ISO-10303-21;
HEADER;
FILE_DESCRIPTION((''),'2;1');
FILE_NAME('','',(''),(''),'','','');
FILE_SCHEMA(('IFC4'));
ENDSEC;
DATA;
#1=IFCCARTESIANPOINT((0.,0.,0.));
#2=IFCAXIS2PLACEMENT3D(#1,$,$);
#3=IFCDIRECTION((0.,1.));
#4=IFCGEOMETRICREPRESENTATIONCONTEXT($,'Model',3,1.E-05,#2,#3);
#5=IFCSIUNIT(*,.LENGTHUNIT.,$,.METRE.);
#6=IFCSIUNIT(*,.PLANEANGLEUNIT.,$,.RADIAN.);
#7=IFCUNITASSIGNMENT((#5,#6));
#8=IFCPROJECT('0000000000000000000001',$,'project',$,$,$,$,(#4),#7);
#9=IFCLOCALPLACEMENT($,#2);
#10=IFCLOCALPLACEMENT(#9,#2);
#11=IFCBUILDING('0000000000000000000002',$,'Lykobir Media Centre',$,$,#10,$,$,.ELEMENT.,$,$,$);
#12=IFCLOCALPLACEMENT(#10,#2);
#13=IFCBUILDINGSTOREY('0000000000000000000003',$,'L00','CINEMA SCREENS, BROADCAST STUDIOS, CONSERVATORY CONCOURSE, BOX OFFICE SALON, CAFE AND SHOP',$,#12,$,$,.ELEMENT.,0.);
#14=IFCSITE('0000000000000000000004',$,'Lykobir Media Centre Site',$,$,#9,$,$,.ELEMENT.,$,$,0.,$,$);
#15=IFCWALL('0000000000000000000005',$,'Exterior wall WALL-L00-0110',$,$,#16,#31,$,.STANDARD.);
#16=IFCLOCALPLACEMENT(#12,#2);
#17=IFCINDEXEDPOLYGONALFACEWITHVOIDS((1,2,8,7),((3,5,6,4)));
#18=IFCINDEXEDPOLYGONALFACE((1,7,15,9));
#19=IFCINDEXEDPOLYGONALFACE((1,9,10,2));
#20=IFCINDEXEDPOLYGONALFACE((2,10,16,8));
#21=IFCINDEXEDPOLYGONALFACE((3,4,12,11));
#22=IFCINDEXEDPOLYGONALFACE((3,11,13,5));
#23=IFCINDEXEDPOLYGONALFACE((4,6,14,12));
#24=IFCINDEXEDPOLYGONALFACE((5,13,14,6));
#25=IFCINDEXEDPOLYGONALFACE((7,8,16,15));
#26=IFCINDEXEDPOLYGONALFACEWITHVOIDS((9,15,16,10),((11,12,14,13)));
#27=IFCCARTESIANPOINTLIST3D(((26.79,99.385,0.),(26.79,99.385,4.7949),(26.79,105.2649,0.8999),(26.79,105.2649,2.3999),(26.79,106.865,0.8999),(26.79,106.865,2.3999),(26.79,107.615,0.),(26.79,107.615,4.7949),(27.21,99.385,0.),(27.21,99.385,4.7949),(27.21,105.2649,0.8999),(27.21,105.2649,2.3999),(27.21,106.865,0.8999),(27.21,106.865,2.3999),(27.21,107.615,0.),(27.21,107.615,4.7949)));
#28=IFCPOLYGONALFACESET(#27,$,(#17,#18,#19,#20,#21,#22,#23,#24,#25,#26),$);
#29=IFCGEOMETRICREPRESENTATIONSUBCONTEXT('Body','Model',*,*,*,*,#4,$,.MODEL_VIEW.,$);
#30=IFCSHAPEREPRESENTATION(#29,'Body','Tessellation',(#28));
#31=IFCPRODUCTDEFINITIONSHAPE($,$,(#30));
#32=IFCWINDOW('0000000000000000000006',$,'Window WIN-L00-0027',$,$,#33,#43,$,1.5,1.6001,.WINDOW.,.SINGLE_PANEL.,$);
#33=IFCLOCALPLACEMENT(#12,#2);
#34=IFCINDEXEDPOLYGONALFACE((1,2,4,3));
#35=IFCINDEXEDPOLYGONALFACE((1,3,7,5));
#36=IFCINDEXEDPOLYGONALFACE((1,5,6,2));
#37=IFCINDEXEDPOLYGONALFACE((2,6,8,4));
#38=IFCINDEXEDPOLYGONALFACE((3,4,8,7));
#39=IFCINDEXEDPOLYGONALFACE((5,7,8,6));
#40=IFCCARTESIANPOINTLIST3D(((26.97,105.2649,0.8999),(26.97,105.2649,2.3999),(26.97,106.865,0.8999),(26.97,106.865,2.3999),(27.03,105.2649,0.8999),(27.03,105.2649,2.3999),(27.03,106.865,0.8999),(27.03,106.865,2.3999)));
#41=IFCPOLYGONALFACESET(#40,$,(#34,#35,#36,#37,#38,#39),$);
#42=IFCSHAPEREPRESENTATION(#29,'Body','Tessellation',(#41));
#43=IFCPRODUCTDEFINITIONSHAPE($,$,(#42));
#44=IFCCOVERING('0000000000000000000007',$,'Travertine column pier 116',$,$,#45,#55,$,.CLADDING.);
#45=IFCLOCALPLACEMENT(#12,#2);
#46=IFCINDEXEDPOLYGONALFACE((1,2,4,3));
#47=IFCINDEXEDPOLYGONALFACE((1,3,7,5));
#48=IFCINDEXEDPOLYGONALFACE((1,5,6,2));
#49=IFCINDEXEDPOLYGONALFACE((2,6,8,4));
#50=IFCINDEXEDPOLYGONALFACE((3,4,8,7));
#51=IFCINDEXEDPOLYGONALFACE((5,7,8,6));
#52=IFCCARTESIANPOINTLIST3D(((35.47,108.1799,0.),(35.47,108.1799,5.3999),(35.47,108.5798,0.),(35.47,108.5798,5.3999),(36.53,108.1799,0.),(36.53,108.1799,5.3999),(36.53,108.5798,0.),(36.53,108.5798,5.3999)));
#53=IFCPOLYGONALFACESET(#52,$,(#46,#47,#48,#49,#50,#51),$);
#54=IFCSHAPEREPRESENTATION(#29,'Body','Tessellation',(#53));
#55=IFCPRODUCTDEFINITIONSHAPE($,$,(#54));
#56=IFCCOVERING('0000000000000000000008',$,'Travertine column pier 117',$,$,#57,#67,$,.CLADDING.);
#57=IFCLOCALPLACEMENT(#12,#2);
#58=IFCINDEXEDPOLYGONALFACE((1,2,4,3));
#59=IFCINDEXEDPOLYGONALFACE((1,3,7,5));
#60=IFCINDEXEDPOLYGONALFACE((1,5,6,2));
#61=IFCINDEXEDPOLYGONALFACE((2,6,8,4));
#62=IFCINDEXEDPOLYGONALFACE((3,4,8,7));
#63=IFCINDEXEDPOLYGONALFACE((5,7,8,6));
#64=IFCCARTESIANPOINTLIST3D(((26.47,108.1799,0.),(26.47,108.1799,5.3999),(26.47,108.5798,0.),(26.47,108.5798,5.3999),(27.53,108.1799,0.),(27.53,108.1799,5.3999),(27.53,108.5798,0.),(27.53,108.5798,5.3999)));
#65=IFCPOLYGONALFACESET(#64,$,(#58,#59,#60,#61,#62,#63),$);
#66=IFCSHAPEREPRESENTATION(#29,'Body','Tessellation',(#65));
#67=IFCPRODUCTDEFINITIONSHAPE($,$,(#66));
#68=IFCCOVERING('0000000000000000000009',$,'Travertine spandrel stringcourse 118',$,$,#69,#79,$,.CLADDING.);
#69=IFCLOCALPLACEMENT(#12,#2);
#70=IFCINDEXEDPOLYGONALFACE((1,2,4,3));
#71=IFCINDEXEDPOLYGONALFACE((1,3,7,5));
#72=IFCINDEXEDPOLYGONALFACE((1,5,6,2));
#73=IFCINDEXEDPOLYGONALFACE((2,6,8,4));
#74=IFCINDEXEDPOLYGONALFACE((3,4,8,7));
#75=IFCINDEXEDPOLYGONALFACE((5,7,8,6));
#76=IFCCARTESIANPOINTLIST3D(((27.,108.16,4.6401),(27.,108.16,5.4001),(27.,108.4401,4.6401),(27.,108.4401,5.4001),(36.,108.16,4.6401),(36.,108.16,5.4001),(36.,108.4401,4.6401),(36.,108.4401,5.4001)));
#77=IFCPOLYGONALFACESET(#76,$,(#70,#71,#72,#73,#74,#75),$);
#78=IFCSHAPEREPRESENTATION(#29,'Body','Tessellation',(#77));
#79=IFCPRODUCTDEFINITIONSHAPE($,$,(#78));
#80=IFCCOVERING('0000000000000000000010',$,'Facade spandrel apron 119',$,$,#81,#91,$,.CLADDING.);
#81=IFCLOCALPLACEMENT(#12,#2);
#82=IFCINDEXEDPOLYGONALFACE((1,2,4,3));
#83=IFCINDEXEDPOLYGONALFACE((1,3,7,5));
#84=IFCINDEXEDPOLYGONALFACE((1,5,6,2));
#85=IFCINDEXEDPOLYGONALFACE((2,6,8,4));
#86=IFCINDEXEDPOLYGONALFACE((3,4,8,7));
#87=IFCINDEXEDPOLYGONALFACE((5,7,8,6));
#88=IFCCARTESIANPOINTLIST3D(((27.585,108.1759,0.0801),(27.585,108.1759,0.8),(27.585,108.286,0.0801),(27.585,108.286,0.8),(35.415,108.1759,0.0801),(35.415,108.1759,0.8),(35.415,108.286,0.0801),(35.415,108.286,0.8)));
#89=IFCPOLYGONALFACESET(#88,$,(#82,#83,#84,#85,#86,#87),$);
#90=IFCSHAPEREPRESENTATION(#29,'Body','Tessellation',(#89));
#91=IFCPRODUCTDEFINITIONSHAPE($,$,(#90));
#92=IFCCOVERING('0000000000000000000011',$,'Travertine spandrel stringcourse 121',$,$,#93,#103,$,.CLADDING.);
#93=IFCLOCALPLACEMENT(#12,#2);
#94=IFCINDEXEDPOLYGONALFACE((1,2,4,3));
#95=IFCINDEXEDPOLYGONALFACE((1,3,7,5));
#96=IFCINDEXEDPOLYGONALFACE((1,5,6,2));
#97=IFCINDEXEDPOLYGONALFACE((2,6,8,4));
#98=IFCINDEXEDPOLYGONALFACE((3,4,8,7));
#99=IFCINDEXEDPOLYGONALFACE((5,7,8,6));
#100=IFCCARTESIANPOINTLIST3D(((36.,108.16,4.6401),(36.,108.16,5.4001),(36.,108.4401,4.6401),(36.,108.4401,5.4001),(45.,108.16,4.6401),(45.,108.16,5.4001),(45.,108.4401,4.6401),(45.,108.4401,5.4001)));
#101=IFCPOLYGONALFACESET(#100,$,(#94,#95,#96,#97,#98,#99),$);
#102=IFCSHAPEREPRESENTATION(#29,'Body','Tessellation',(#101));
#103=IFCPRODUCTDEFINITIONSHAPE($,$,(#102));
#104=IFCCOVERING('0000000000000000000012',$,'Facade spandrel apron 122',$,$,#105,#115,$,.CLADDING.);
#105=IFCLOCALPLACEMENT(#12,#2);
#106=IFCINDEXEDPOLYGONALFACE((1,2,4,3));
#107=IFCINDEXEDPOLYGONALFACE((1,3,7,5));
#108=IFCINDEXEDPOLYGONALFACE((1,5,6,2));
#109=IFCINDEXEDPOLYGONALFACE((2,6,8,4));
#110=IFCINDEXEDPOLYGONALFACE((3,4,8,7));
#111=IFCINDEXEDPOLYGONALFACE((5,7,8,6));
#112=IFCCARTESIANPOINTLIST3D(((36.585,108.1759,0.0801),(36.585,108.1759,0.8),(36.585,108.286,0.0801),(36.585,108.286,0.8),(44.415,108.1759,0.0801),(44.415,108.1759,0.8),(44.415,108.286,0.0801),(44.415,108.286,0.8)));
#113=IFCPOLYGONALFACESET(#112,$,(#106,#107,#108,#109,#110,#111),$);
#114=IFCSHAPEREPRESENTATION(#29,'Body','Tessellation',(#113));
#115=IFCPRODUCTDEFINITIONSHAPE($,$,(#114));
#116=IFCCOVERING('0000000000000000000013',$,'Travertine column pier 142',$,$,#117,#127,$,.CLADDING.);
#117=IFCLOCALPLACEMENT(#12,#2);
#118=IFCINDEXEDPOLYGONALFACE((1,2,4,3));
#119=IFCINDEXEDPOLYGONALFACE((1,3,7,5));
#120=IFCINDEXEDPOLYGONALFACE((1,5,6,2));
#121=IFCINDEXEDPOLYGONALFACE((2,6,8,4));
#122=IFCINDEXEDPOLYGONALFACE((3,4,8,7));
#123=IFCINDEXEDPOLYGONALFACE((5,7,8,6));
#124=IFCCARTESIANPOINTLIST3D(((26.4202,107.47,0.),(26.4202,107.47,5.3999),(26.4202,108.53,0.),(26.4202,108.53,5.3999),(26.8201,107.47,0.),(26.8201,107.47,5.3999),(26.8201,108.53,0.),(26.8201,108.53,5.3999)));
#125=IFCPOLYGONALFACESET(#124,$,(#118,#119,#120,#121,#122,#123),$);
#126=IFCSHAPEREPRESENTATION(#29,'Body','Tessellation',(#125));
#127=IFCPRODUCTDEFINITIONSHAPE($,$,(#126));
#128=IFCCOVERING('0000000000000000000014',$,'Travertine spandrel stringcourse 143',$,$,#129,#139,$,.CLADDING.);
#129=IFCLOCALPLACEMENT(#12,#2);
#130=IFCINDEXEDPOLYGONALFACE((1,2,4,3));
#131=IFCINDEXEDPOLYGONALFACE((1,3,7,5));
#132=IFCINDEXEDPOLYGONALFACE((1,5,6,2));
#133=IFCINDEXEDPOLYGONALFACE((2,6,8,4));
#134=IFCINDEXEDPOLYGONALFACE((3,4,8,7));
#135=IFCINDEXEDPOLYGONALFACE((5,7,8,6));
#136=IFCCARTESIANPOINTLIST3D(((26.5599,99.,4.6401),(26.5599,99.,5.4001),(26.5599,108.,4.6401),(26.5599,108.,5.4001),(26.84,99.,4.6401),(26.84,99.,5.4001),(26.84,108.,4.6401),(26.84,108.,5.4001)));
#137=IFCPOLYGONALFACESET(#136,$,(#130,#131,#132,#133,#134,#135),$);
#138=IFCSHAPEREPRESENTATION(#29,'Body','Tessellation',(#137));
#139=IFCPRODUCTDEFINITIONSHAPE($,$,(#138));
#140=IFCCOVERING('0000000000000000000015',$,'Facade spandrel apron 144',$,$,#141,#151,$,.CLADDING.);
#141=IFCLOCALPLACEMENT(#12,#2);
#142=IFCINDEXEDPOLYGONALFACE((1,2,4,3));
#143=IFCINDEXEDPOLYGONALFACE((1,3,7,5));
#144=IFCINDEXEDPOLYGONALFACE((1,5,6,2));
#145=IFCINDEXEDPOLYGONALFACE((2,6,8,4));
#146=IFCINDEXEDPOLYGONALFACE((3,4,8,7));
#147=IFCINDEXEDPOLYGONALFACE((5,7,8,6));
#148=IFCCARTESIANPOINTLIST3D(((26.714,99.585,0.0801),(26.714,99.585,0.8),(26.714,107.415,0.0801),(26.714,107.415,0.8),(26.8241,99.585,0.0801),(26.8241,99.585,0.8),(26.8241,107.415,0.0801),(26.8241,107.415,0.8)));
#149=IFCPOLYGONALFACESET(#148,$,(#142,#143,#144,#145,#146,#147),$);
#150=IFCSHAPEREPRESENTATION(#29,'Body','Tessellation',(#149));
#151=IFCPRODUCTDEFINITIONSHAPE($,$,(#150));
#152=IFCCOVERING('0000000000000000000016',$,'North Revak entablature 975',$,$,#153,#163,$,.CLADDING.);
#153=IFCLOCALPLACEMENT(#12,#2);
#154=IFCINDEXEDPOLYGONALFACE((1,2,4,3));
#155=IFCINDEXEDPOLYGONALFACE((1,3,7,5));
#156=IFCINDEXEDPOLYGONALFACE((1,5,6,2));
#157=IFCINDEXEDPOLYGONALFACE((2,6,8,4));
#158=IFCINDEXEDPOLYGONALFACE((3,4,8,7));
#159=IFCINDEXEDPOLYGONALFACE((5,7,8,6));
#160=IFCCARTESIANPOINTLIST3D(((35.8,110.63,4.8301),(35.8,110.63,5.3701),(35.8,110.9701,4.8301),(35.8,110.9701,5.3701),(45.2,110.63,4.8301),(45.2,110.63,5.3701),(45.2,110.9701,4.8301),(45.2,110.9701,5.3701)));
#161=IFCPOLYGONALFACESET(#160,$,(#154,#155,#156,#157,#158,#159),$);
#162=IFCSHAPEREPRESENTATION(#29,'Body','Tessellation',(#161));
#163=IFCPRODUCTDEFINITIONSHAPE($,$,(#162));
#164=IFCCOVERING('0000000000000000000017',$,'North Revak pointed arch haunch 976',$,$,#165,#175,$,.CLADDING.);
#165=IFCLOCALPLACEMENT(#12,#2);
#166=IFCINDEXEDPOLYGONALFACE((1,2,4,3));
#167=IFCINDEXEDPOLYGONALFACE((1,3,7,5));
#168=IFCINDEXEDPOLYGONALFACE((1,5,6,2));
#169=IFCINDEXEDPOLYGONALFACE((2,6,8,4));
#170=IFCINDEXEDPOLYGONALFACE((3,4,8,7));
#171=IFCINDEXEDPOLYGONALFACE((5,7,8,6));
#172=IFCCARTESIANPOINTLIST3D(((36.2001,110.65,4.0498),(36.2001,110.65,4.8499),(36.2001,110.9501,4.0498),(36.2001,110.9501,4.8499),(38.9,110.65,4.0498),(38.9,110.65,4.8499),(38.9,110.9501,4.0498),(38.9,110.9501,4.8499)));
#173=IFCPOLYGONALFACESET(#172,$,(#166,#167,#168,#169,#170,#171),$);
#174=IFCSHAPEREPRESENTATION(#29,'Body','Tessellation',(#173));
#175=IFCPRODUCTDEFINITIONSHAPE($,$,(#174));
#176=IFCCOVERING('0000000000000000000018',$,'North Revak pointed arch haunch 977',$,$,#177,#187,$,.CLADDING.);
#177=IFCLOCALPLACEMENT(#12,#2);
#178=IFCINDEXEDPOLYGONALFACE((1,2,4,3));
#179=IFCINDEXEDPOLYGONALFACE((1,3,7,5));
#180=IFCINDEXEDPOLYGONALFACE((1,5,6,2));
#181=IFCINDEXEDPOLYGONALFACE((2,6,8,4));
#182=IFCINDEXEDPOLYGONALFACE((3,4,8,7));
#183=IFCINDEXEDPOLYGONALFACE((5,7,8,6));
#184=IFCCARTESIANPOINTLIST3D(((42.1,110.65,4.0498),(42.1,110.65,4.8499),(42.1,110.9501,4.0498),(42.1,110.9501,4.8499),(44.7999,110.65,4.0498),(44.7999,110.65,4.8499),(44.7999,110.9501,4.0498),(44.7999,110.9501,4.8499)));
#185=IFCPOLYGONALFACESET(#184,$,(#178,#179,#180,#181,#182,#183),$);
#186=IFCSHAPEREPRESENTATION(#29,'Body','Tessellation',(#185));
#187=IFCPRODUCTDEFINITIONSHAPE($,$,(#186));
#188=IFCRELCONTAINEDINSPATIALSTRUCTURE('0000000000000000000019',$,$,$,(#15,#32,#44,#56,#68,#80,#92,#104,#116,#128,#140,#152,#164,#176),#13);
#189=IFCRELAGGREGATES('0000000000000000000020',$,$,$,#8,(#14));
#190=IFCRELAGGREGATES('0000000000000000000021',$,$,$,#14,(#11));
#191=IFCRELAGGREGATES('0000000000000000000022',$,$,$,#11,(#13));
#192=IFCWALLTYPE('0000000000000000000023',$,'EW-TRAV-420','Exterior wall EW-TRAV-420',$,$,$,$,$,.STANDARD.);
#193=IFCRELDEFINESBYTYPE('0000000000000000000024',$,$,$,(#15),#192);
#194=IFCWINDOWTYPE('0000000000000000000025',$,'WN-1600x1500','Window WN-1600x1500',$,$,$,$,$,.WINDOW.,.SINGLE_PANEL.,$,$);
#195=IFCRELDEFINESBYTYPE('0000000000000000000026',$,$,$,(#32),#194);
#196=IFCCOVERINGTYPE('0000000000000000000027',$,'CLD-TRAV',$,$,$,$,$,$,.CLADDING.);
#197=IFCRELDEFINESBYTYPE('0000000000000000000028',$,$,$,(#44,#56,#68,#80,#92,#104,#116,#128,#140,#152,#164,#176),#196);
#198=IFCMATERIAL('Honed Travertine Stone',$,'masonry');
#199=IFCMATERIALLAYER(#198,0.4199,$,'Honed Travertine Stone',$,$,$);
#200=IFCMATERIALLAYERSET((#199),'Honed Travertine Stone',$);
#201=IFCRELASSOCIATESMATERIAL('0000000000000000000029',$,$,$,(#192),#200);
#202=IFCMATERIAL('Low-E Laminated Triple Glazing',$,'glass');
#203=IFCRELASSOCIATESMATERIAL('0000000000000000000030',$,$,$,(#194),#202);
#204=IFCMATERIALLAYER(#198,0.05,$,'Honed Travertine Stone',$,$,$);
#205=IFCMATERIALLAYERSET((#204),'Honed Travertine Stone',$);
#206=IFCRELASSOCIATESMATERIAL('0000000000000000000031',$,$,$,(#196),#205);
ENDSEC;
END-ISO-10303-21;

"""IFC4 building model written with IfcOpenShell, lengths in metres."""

from ifc_helpers import new_model, si_unit, direction, frame, frame_2d, origin, origin_2d, place, context, subcontext, project, spatial, rectangle, extrude, material, layer, layer_set, type_object, element, fill, save


model = new_model("IFC4")

# Units and contexts
model_context = context("Model", 3, precision=1e-05, world=origin(), true_north=direction((0.0, 1.0)))
body_context = subcontext(model_context, "Body", "Model", "MODEL_VIEW")
ifc_project = project(units=[si_unit("LENGTHUNIT", "METRE"), si_unit("PLANEANGLEUNIT", "RADIAN")], contexts=[model_context])

# Site, building, storey
site_placement = place(None, origin())
site = spatial("IfcSite", under=ifc_project, at=site_placement, Name="Lykobir Media Centre Site", CompositionType="ELEMENT", RefElevation=0.0)
building_placement = place(site_placement, origin())
building = spatial("IfcBuilding", under=site, at=building_placement, Name="Lykobir Media Centre", CompositionType="ELEMENT")
storey_placement = place(building_placement, origin())
storey = spatial("IfcBuildingStorey", under=building, at=storey_placement, Name="L00", Description="CINEMA SCREENS, BROADCAST STUDIOS, CONSERVATORY CONCOURSE, BOX OFFICE SALON, CAFE AND SHOP", CompositionType="ELEMENT", Elevation=0.0)

# Shared definitions
ifc_material_1 = material(Name="Honed Travertine Stone", Category="masonry")

# Shared definitions
ifc_layer_1 = layer(ifc_material_1, 0.4199, Name="Honed Travertine Stone")
ifc_layer_set_1 = layer_set([ifc_layer_1], Name="Honed Travertine Stone")
wall_type = type_object("IfcWallType", Name="EW-TRAV-420", Description="Exterior wall EW-TRAV-420", PredefinedType="STANDARD", material=ifc_layer_set_1)
ifc_material_2 = material(Name="Low-E Laminated Triple Glazing", Category="glass")

# Wall, opening, window
wall_1_placement = place(storey_placement, frame((27.0, 107.615, 0.0), z_axis=(0.0, 0.0, 1.0), x_axis=(0.0, -1.0, 0.0)))
wall_1 = element("IfcWall", 1, at=wall_1_placement, inside=storey, type_object=wall_type, Name="Exterior wall WALL-L00-0110", PredefinedType="STANDARD", context=body_context, shape_type="SweptSolid", body=[
    extrude(rectangle(XDim=8.23, YDim=0.4199, at=frame_2d((4.115, 0.0))), origin(), (0.0, 0.0, 1.0), 4.7949),
])
opening_1_placement = place(wall_1_placement, frame((0.75, 0.0, 0.8999)))
opening_1 = element("IfcOpeningElement", 2, at=opening_1_placement, cuts=wall_1, PredefinedType="OPENING", context=body_context, shape_type="SweptSolid", body=[
    extrude(rectangle(XDim=1.6001, YDim=1.5, at=frame_2d((0.8, 0.75))), frame((0.0, 0.22, 0.0), z_axis=(0.0, -1.0, 0.0), x_axis=(1.0, 0.0, 0.0)), (0.0, 0.0, 1.0), 0.4399),
])
window_type_1 = type_object("IfcWindowType", Name="WN-1600x1500", Description="Window WN-1600x1500", PartitioningType="SINGLE_PANEL", PredefinedType="WINDOW", material=ifc_material_2)
window_1_placement = place(opening_1_placement, origin())
window_1 = element("IfcWindow", 3, at=window_1_placement, inside=storey, type_object=window_type_1, Name="Window WIN-L00-0027", OverallHeight=1.5, OverallWidth=1.6001, PartitioningType="SINGLE_PANEL", PredefinedType="WINDOW", context=body_context, shape_type="SweptSolid", body=[
    extrude(rectangle(XDim=1.6001, YDim=1.5, at=frame_2d((0.8, 0.75))), frame((0.0, 0.03, 0.0), z_axis=(0.0, -1.0, 0.0), x_axis=(1.0, 0.0, 0.0)), (0.0, 0.0, 1.0), 0.0601),
])
fill(opening_1, window_1)

# Coverings
ifc_layer_2 = layer(ifc_material_1, 0.05, Name="Honed Travertine Stone")
ifc_layer_set_2 = layer_set([ifc_layer_2], Name="Honed Travertine Stone")
covering_type = type_object("IfcCoveringType", Name="CLD-TRAV", PredefinedType="CLADDING", material=ifc_layer_set_2)
for number, where, z_axis, x_axis, name in (
    (4, (36.0, 108.3799, 0.0), (0.0, 0.0, 1.0), (-1.0, 0.0, 0.0), "Travertine column pier 116"),
    (5, (27.0, 108.3799, 0.0), (0.0, 0.0, 1.0), (-1.0, 0.0, 0.0), "Travertine column pier 117"),
):
    element("IfcCovering", number, at=place(storey_placement, frame(where, z_axis=z_axis, x_axis=x_axis)), inside=storey, type_object=covering_type, Name=name, PredefinedType="CLADDING", context=body_context, shape_type="SweptSolid", body=[
        extrude(rectangle(XDim=1.0601, YDim=0.3999, at=origin_2d()), origin(), (0.0, 0.0, 1.0), 5.3999),
    ])
covering_1_placement = place(storey_placement, frame((31.5, 108.3, 4.6401), z_axis=(0.0, 0.0, 1.0), x_axis=(-1.0, 0.0, 0.0)))
element("IfcCovering", 6, at=covering_1_placement, inside=storey, type_object=covering_type, Name="Travertine spandrel stringcourse 118", PredefinedType="CLADDING", context=body_context, shape_type="SweptSolid", body=[
    extrude(rectangle(XDim=9.0, YDim=0.28, at=origin_2d()), origin(), (0.0, 0.0, 1.0), 0.76),
])
covering_2_placement = place(storey_placement, frame((31.5, 108.231, 0.0801), z_axis=(0.0, 0.0, 1.0), x_axis=(-1.0, 0.0, 0.0)))
element("IfcCovering", 7, at=covering_2_placement, inside=storey, type_object=covering_type, Name="Facade spandrel apron 119", PredefinedType="CLADDING", context=body_context, shape_type="SweptSolid", body=[
    extrude(rectangle(XDim=7.8301, YDim=0.1101, at=origin_2d()), origin(), (0.0, 0.0, 1.0), 0.72),
])
covering_3_placement = place(storey_placement, frame((40.5, 108.3, 4.6401), z_axis=(0.0, 0.0, 1.0), x_axis=(-1.0, 0.0, 0.0)))
element("IfcCovering", 8, at=covering_3_placement, inside=storey, type_object=covering_type, Name="Travertine spandrel stringcourse 121", PredefinedType="CLADDING", context=body_context, shape_type="SweptSolid", body=[
    extrude(rectangle(XDim=9.0, YDim=0.28, at=origin_2d()), origin(), (0.0, 0.0, 1.0), 0.76),
])
covering_4_placement = place(storey_placement, frame((40.5, 108.231, 0.0801), z_axis=(0.0, 0.0, 1.0), x_axis=(-1.0, 0.0, 0.0)))
element("IfcCovering", 9, at=covering_4_placement, inside=storey, type_object=covering_type, Name="Facade spandrel apron 122", PredefinedType="CLADDING", context=body_context, shape_type="SweptSolid", body=[
    extrude(rectangle(XDim=7.8301, YDim=0.1101, at=origin_2d()), origin(), (0.0, 0.0, 1.0), 0.72),
])
covering_5_placement = place(storey_placement, frame((26.6201, 108.0, 0.0), z_axis=(0.0, 0.0, 1.0), x_axis=(0.0, -1.0, 0.0)))
element("IfcCovering", 10, at=covering_5_placement, inside=storey, type_object=covering_type, Name="Travertine column pier 142", PredefinedType="CLADDING", context=body_context, shape_type="SweptSolid", body=[
    extrude(rectangle(XDim=1.0601, YDim=0.3999, at=origin_2d()), origin(), (0.0, 0.0, 1.0), 5.3999),
])
covering_6_placement = place(storey_placement, frame((26.7, 103.5, 4.6401), z_axis=(0.0, 0.0, 1.0), x_axis=(0.0, -1.0, 0.0)))
element("IfcCovering", 11, at=covering_6_placement, inside=storey, type_object=covering_type, Name="Travertine spandrel stringcourse 143", PredefinedType="CLADDING", context=body_context, shape_type="SweptSolid", body=[
    extrude(rectangle(XDim=9.0, YDim=0.28, at=origin_2d()), origin(), (0.0, 0.0, 1.0), 0.76),
])
covering_7_placement = place(storey_placement, frame((26.769, 103.5, 0.0801), z_axis=(0.0, 0.0, 1.0), x_axis=(0.0, -1.0, 0.0)))
element("IfcCovering", 12, at=covering_7_placement, inside=storey, type_object=covering_type, Name="Facade spandrel apron 144", PredefinedType="CLADDING", context=body_context, shape_type="SweptSolid", body=[
    extrude(rectangle(XDim=7.8301, YDim=0.1101, at=origin_2d()), origin(), (0.0, 0.0, 1.0), 0.72),
])
covering_8_placement = place(storey_placement, frame((40.5, 110.8, 4.8301), z_axis=(0.0, 0.0, 1.0), x_axis=(1.0, 0.0, 0.0)))
element("IfcCovering", 13, at=covering_8_placement, inside=storey, type_object=covering_type, Name="North Revak entablature 975", PredefinedType="CLADDING", context=body_context, shape_type="SweptSolid", body=[
    extrude(rectangle(XDim=9.3999, YDim=0.3401, at=origin_2d()), origin(), (0.0, 0.0, 1.0), 0.54),
])
for number, where, z_axis, x_axis, name in (
    (14, (37.55, 110.8, 4.0498), (0.0, 0.0, 1.0), (1.0, 0.0, 0.0), "North Revak pointed arch haunch 976"),
    (15, (43.45, 110.8, 4.0498), (0.0, 0.0, 1.0), (1.0, 0.0, 0.0), "North Revak pointed arch haunch 977"),
):
    element("IfcCovering", number, at=place(storey_placement, frame(where, z_axis=z_axis, x_axis=x_axis)), inside=storey, type_object=covering_type, Name=name, PredefinedType="CLADDING", context=body_context, shape_type="SweptSolid", body=[
        extrude(rectangle(XDim=2.7, YDim=0.3, at=origin_2d()), origin(), (0.0, 0.0, 1.0), 0.8),
    ])

save(model, "model.ifc")
